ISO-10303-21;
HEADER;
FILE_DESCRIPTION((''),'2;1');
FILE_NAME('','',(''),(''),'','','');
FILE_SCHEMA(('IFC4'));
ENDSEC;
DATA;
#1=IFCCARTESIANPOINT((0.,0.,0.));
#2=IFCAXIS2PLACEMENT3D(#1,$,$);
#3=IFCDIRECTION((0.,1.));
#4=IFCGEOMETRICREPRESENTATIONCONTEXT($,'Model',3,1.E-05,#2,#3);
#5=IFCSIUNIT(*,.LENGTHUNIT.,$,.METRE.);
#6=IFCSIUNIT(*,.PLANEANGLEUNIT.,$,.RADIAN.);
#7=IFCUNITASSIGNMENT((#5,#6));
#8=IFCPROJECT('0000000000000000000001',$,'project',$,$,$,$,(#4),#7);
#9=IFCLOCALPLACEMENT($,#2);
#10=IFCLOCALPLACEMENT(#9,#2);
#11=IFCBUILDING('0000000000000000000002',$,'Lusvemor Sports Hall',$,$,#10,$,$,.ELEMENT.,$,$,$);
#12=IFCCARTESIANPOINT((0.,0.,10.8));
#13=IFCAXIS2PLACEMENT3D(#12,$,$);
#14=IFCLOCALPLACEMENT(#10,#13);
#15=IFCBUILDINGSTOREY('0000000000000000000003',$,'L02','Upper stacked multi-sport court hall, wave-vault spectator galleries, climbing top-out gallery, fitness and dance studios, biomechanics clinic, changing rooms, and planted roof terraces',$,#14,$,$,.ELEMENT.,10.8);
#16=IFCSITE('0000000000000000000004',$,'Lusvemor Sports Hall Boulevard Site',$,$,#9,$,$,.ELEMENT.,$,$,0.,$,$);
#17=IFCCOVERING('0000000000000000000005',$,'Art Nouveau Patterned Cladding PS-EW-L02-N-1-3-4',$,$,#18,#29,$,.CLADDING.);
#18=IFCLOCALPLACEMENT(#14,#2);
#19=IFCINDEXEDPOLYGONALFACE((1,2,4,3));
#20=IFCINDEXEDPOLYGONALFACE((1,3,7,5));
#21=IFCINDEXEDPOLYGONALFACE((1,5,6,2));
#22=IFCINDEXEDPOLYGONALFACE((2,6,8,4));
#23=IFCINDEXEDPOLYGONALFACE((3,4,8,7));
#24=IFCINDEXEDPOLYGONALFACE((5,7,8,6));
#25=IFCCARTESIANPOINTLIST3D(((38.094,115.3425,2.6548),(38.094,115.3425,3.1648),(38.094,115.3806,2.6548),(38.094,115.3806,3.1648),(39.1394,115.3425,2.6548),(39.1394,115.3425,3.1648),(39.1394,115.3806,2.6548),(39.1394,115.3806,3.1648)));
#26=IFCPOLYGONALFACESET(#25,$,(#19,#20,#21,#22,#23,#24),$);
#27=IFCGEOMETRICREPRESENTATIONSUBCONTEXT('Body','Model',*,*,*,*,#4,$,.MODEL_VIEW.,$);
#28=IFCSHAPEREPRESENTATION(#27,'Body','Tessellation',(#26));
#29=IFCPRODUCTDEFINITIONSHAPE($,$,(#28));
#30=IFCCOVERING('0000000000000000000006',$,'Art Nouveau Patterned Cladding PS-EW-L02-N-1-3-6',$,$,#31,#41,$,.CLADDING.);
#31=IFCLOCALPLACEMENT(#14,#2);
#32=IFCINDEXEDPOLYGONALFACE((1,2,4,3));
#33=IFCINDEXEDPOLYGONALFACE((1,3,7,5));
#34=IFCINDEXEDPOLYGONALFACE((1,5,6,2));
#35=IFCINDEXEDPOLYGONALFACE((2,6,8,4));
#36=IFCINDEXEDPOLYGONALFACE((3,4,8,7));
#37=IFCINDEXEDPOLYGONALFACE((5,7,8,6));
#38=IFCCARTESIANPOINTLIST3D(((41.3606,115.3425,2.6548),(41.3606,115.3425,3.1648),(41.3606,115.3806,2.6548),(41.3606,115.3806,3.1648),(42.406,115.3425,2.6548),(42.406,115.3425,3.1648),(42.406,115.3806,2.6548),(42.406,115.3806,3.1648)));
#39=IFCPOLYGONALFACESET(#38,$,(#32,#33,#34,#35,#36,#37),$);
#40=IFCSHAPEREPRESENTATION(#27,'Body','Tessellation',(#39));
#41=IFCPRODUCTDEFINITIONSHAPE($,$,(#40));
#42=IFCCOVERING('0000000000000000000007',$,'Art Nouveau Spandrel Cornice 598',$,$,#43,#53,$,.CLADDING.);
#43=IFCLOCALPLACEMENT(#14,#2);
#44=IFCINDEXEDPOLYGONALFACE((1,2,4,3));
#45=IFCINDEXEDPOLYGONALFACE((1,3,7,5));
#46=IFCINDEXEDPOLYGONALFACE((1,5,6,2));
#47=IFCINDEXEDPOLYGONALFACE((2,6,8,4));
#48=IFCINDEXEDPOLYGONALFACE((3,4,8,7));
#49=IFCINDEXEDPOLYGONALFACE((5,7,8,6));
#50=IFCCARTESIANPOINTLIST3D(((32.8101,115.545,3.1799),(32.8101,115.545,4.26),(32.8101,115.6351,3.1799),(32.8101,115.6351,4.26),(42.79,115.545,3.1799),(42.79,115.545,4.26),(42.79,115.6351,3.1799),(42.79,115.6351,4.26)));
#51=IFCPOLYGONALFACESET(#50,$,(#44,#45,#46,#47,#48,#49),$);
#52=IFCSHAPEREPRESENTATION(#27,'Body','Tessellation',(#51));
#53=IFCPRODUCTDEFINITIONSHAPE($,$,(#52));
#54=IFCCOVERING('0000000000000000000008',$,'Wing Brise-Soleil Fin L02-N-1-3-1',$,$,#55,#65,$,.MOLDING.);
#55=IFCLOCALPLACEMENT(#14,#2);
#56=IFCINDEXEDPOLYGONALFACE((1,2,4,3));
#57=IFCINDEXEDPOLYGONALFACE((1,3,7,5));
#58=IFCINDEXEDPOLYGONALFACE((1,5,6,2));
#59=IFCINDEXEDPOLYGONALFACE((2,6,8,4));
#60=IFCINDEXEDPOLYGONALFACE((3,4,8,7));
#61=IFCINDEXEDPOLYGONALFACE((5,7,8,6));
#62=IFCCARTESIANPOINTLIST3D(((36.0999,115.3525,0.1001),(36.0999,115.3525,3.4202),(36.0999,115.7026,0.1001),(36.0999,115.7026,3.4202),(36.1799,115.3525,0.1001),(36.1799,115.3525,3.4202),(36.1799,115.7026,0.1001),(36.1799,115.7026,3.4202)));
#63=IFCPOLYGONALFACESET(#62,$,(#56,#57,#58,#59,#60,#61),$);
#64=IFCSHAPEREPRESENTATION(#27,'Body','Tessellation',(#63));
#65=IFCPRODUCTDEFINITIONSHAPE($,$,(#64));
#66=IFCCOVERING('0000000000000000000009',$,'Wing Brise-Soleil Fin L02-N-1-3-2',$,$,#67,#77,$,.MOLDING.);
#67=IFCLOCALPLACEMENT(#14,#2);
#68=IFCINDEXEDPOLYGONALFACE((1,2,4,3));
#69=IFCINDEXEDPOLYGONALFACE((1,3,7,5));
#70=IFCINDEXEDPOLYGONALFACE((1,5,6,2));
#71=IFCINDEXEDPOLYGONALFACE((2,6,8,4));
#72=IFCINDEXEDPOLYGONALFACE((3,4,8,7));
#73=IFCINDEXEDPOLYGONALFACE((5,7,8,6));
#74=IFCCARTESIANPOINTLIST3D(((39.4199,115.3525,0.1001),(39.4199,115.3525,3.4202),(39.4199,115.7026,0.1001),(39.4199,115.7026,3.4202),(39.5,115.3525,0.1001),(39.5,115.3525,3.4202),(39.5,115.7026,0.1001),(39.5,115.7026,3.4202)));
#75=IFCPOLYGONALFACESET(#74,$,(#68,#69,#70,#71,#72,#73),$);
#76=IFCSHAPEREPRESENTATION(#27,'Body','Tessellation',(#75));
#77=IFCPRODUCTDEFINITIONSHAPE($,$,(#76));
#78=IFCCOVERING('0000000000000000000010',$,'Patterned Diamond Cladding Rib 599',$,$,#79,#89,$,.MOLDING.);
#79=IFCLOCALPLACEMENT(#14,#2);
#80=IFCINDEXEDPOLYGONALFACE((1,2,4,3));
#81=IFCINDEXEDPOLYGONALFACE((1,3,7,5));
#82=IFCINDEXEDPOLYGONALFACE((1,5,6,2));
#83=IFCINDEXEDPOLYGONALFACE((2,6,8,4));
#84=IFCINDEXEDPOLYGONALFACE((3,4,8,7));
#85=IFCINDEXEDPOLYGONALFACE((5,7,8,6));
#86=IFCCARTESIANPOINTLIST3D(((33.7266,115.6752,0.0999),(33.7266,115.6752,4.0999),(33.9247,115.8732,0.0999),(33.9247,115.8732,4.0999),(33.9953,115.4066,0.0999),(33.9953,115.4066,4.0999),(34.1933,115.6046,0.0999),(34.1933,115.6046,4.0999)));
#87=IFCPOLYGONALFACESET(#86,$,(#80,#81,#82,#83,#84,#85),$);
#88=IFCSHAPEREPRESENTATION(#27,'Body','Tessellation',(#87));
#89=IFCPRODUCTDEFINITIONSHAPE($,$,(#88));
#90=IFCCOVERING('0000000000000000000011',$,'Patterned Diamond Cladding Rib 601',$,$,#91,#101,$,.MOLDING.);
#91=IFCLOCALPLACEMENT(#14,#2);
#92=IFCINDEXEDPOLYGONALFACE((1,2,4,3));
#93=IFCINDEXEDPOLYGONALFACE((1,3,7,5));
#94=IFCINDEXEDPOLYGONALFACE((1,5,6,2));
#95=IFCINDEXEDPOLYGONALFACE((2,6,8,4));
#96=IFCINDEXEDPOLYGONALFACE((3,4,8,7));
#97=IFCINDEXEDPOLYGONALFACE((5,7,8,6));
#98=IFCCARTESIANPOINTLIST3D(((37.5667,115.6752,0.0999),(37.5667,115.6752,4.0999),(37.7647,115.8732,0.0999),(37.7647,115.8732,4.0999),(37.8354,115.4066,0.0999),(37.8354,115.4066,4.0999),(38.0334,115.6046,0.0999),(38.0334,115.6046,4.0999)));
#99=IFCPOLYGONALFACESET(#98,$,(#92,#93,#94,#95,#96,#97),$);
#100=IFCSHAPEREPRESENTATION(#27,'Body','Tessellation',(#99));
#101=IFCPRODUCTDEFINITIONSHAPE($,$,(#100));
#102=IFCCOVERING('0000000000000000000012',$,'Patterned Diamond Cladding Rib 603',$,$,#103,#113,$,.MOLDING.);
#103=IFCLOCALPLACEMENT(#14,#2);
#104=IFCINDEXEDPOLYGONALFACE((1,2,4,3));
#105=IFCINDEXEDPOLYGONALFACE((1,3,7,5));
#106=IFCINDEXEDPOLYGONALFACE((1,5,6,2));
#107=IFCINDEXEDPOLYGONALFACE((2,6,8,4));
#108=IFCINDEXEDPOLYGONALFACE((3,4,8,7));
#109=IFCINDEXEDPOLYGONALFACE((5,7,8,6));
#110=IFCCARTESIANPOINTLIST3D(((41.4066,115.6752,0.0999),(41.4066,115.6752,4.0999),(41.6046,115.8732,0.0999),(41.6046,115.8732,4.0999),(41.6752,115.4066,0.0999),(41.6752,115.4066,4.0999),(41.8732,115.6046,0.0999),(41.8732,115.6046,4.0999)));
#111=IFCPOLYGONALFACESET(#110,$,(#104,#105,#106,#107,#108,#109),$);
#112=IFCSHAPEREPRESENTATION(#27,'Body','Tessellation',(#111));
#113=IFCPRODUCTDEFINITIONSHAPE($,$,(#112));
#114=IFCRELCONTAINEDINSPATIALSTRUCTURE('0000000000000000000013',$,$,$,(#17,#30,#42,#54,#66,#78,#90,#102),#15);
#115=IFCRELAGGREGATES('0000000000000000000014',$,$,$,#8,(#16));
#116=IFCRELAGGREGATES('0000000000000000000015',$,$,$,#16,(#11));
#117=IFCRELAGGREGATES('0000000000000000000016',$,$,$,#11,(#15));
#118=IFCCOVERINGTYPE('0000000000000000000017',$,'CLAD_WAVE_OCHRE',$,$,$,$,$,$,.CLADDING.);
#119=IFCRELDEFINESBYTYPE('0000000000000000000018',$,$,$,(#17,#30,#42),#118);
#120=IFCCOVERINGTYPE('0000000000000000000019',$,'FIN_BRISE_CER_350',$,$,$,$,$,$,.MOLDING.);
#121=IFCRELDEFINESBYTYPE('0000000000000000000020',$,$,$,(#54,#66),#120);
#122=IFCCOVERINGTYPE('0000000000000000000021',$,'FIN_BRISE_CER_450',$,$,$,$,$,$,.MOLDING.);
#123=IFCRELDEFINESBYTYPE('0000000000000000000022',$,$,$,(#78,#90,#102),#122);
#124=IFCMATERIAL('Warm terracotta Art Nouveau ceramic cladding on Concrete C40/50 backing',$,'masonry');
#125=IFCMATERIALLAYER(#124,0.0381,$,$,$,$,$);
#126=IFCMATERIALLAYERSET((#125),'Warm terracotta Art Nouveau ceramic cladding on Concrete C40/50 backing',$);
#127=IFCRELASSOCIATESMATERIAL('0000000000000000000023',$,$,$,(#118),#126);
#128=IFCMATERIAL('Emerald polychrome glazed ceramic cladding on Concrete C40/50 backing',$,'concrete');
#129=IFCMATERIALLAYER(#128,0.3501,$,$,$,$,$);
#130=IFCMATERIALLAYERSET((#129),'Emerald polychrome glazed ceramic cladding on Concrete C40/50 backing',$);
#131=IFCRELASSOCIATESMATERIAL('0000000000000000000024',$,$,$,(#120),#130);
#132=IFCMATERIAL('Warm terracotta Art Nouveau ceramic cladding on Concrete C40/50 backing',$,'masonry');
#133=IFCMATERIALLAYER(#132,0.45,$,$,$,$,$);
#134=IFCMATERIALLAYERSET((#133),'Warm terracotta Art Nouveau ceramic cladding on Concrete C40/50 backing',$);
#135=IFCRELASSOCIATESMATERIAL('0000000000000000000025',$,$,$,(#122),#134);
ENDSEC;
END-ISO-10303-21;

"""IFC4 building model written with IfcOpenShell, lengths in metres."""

from ifc_helpers import new_model, si_unit, direction, frame, origin, origin_2d, place, context, subcontext, project, spatial, rectangle, extrude, material, layer, layer_set, type_object, element, save


model = new_model("IFC4")

# Units and contexts
model_context = context("Model", 3, precision=1e-05, world=origin(), true_north=direction((0.0, 1.0)))
body_context = subcontext(model_context, "Body", "Model", "MODEL_VIEW")
ifc_project = project(units=[si_unit("LENGTHUNIT", "METRE"), si_unit("PLANEANGLEUNIT", "RADIAN")], contexts=[model_context])

# Site, building, storey
site_placement = place(None, origin())
site = spatial("IfcSite", under=ifc_project, at=site_placement, Name="Lusvemor Sports Hall Boulevard Site", CompositionType="ELEMENT", RefElevation=0.0)
building_placement = place(site_placement, origin())
building = spatial("IfcBuilding", under=site, at=building_placement, Name="Lusvemor Sports Hall", CompositionType="ELEMENT")
storey_placement = place(building_placement, frame((0.0, 0.0, 10.8)))
storey = spatial("IfcBuildingStorey", under=building, at=storey_placement, Name="L02", Description="Upper stacked multi-sport court hall, wave-vault spectator galleries, climbing top-out gallery, fitness and dance studios, biomechanics clinic, changing rooms, and planted roof terraces", CompositionType="ELEMENT", Elevation=10.8)

# Coverings
ifc_material_1 = material(Name="Warm terracotta Art Nouveau ceramic cladding on Concrete C40/50 backing", Category="masonry")
ifc_layer_1 = layer(ifc_material_1, 0.0381)
ifc_layer_set_1 = layer_set([ifc_layer_1], Name="Warm terracotta Art Nouveau ceramic cladding on Concrete C40/50 backing")
covering_type_1 = type_object("IfcCoveringType", Name="CLAD_WAVE_OCHRE", PredefinedType="CLADDING", material=ifc_layer_set_1)
for number, where, z_axis, x_axis, name in (
    (1, (38.6167, 115.3616, 2.6548), (0.0, 0.0, 1.0), (1.0, 0.0, 0.0), "Art Nouveau Patterned Cladding PS-EW-L02-N-1-3-4"),
    (2, (41.8833, 115.3616, 2.6548), (0.0, 0.0, 1.0), (1.0, 0.0, 0.0), "Art Nouveau Patterned Cladding PS-EW-L02-N-1-3-6"),
):
    element("IfcCovering", number, at=place(storey_placement, frame(where, z_axis=z_axis, x_axis=x_axis)), inside=storey, type_object=covering_type_1, Name=name, PredefinedType="CLADDING", context=body_context, shape_type="SweptSolid", body=[
        extrude(rectangle(XDim=1.0454, YDim=0.0381, at=origin_2d()), origin(), (0.0, 0.0, 1.0), 0.51),
    ])
covering_placement = place(storey_placement, frame((37.8, 115.5901, 3.1799), z_axis=(0.0, 0.0, 1.0), x_axis=(1.0, 0.0, 0.0)))
element("IfcCovering", 3, at=covering_placement, inside=storey, type_object=covering_type_1, Name="Art Nouveau Spandrel Cornice 598", PredefinedType="CLADDING", context=body_context, shape_type="SweptSolid", body=[
    extrude(rectangle(XDim=9.98, YDim=0.0901, at=origin_2d()), origin(), (0.0, 0.0, 1.0), 1.0801),
])
ifc_material_2 = material(Name="Emerald polychrome glazed ceramic cladding on Concrete C40/50 backing", Category="concrete")
ifc_layer_2 = layer(ifc_material_2, 0.3501)
ifc_layer_set_2 = layer_set([ifc_layer_2], Name="Emerald polychrome glazed ceramic cladding on Concrete C40/50 backing")
covering_type_2 = type_object("IfcCoveringType", Name="FIN_BRISE_CER_350", PredefinedType="MOLDING", material=ifc_layer_set_2)
for number, where, z_axis, x_axis, name in (
    (4, (36.1399, 115.5276, 0.1001), (0.0, 0.0, 1.0), (1.0, 0.0, 0.0), "Wing Brise-Soleil Fin L02-N-1-3-1"),
    (5, (39.46, 115.5276, 0.1001), (0.0, 0.0, 1.0), (1.0, 0.0, 0.0), "Wing Brise-Soleil Fin L02-N-1-3-2"),
):
    element("IfcCovering", number, at=place(storey_placement, frame(where, z_axis=z_axis, x_axis=x_axis)), inside=storey, type_object=covering_type_2, Name=name, PredefinedType="MOLDING", context=body_context, shape_type="SweptSolid", body=[
        extrude(rectangle(XDim=0.0801, YDim=0.3501, at=origin_2d()), origin(), (0.0, 0.0, 1.0), 3.3201),
    ])
ifc_material_3 = material(Name="Warm terracotta Art Nouveau ceramic cladding on Concrete C40/50 backing", Category="masonry")
ifc_layer_3 = layer(ifc_material_3, 0.45)
ifc_layer_set_3 = layer_set([ifc_layer_3], Name="Warm terracotta Art Nouveau ceramic cladding on Concrete C40/50 backing")
covering_type_3 = type_object("IfcCoveringType", Name="FIN_BRISE_CER_450", PredefinedType="MOLDING", material=ifc_layer_set_3)
for number, where, z_axis, x_axis, name in (
    (6, (33.96, 115.6399, 0.0999), (0.0, 0.0, 1.0), (0.707107, 0.707107, 0.0), "Patterned Diamond Cladding Rib 599"),
    (7, (37.8, 115.6399, 0.0999), (0.0, 0.0, 1.0), (0.707107, 0.707107, 0.0), "Patterned Diamond Cladding Rib 601"),
    (8, (41.6399, 115.6399, 0.0999), (0.0, 0.0, 1.0), (0.707107, 0.707107, 0.0), "Patterned Diamond Cladding Rib 603"),
):
    element("IfcCovering", number, at=place(storey_placement, frame(where, z_axis=z_axis, x_axis=x_axis)), inside=storey, type_object=covering_type_3, Name=name, PredefinedType="MOLDING", context=body_context, shape_type="SweptSolid", body=[
        extrude(rectangle(XDim=0.28, YDim=0.3799, at=origin_2d()), origin(), (0.0, 0.0, 1.0), 4.0),
    ])

save(model, "model.ifc")
